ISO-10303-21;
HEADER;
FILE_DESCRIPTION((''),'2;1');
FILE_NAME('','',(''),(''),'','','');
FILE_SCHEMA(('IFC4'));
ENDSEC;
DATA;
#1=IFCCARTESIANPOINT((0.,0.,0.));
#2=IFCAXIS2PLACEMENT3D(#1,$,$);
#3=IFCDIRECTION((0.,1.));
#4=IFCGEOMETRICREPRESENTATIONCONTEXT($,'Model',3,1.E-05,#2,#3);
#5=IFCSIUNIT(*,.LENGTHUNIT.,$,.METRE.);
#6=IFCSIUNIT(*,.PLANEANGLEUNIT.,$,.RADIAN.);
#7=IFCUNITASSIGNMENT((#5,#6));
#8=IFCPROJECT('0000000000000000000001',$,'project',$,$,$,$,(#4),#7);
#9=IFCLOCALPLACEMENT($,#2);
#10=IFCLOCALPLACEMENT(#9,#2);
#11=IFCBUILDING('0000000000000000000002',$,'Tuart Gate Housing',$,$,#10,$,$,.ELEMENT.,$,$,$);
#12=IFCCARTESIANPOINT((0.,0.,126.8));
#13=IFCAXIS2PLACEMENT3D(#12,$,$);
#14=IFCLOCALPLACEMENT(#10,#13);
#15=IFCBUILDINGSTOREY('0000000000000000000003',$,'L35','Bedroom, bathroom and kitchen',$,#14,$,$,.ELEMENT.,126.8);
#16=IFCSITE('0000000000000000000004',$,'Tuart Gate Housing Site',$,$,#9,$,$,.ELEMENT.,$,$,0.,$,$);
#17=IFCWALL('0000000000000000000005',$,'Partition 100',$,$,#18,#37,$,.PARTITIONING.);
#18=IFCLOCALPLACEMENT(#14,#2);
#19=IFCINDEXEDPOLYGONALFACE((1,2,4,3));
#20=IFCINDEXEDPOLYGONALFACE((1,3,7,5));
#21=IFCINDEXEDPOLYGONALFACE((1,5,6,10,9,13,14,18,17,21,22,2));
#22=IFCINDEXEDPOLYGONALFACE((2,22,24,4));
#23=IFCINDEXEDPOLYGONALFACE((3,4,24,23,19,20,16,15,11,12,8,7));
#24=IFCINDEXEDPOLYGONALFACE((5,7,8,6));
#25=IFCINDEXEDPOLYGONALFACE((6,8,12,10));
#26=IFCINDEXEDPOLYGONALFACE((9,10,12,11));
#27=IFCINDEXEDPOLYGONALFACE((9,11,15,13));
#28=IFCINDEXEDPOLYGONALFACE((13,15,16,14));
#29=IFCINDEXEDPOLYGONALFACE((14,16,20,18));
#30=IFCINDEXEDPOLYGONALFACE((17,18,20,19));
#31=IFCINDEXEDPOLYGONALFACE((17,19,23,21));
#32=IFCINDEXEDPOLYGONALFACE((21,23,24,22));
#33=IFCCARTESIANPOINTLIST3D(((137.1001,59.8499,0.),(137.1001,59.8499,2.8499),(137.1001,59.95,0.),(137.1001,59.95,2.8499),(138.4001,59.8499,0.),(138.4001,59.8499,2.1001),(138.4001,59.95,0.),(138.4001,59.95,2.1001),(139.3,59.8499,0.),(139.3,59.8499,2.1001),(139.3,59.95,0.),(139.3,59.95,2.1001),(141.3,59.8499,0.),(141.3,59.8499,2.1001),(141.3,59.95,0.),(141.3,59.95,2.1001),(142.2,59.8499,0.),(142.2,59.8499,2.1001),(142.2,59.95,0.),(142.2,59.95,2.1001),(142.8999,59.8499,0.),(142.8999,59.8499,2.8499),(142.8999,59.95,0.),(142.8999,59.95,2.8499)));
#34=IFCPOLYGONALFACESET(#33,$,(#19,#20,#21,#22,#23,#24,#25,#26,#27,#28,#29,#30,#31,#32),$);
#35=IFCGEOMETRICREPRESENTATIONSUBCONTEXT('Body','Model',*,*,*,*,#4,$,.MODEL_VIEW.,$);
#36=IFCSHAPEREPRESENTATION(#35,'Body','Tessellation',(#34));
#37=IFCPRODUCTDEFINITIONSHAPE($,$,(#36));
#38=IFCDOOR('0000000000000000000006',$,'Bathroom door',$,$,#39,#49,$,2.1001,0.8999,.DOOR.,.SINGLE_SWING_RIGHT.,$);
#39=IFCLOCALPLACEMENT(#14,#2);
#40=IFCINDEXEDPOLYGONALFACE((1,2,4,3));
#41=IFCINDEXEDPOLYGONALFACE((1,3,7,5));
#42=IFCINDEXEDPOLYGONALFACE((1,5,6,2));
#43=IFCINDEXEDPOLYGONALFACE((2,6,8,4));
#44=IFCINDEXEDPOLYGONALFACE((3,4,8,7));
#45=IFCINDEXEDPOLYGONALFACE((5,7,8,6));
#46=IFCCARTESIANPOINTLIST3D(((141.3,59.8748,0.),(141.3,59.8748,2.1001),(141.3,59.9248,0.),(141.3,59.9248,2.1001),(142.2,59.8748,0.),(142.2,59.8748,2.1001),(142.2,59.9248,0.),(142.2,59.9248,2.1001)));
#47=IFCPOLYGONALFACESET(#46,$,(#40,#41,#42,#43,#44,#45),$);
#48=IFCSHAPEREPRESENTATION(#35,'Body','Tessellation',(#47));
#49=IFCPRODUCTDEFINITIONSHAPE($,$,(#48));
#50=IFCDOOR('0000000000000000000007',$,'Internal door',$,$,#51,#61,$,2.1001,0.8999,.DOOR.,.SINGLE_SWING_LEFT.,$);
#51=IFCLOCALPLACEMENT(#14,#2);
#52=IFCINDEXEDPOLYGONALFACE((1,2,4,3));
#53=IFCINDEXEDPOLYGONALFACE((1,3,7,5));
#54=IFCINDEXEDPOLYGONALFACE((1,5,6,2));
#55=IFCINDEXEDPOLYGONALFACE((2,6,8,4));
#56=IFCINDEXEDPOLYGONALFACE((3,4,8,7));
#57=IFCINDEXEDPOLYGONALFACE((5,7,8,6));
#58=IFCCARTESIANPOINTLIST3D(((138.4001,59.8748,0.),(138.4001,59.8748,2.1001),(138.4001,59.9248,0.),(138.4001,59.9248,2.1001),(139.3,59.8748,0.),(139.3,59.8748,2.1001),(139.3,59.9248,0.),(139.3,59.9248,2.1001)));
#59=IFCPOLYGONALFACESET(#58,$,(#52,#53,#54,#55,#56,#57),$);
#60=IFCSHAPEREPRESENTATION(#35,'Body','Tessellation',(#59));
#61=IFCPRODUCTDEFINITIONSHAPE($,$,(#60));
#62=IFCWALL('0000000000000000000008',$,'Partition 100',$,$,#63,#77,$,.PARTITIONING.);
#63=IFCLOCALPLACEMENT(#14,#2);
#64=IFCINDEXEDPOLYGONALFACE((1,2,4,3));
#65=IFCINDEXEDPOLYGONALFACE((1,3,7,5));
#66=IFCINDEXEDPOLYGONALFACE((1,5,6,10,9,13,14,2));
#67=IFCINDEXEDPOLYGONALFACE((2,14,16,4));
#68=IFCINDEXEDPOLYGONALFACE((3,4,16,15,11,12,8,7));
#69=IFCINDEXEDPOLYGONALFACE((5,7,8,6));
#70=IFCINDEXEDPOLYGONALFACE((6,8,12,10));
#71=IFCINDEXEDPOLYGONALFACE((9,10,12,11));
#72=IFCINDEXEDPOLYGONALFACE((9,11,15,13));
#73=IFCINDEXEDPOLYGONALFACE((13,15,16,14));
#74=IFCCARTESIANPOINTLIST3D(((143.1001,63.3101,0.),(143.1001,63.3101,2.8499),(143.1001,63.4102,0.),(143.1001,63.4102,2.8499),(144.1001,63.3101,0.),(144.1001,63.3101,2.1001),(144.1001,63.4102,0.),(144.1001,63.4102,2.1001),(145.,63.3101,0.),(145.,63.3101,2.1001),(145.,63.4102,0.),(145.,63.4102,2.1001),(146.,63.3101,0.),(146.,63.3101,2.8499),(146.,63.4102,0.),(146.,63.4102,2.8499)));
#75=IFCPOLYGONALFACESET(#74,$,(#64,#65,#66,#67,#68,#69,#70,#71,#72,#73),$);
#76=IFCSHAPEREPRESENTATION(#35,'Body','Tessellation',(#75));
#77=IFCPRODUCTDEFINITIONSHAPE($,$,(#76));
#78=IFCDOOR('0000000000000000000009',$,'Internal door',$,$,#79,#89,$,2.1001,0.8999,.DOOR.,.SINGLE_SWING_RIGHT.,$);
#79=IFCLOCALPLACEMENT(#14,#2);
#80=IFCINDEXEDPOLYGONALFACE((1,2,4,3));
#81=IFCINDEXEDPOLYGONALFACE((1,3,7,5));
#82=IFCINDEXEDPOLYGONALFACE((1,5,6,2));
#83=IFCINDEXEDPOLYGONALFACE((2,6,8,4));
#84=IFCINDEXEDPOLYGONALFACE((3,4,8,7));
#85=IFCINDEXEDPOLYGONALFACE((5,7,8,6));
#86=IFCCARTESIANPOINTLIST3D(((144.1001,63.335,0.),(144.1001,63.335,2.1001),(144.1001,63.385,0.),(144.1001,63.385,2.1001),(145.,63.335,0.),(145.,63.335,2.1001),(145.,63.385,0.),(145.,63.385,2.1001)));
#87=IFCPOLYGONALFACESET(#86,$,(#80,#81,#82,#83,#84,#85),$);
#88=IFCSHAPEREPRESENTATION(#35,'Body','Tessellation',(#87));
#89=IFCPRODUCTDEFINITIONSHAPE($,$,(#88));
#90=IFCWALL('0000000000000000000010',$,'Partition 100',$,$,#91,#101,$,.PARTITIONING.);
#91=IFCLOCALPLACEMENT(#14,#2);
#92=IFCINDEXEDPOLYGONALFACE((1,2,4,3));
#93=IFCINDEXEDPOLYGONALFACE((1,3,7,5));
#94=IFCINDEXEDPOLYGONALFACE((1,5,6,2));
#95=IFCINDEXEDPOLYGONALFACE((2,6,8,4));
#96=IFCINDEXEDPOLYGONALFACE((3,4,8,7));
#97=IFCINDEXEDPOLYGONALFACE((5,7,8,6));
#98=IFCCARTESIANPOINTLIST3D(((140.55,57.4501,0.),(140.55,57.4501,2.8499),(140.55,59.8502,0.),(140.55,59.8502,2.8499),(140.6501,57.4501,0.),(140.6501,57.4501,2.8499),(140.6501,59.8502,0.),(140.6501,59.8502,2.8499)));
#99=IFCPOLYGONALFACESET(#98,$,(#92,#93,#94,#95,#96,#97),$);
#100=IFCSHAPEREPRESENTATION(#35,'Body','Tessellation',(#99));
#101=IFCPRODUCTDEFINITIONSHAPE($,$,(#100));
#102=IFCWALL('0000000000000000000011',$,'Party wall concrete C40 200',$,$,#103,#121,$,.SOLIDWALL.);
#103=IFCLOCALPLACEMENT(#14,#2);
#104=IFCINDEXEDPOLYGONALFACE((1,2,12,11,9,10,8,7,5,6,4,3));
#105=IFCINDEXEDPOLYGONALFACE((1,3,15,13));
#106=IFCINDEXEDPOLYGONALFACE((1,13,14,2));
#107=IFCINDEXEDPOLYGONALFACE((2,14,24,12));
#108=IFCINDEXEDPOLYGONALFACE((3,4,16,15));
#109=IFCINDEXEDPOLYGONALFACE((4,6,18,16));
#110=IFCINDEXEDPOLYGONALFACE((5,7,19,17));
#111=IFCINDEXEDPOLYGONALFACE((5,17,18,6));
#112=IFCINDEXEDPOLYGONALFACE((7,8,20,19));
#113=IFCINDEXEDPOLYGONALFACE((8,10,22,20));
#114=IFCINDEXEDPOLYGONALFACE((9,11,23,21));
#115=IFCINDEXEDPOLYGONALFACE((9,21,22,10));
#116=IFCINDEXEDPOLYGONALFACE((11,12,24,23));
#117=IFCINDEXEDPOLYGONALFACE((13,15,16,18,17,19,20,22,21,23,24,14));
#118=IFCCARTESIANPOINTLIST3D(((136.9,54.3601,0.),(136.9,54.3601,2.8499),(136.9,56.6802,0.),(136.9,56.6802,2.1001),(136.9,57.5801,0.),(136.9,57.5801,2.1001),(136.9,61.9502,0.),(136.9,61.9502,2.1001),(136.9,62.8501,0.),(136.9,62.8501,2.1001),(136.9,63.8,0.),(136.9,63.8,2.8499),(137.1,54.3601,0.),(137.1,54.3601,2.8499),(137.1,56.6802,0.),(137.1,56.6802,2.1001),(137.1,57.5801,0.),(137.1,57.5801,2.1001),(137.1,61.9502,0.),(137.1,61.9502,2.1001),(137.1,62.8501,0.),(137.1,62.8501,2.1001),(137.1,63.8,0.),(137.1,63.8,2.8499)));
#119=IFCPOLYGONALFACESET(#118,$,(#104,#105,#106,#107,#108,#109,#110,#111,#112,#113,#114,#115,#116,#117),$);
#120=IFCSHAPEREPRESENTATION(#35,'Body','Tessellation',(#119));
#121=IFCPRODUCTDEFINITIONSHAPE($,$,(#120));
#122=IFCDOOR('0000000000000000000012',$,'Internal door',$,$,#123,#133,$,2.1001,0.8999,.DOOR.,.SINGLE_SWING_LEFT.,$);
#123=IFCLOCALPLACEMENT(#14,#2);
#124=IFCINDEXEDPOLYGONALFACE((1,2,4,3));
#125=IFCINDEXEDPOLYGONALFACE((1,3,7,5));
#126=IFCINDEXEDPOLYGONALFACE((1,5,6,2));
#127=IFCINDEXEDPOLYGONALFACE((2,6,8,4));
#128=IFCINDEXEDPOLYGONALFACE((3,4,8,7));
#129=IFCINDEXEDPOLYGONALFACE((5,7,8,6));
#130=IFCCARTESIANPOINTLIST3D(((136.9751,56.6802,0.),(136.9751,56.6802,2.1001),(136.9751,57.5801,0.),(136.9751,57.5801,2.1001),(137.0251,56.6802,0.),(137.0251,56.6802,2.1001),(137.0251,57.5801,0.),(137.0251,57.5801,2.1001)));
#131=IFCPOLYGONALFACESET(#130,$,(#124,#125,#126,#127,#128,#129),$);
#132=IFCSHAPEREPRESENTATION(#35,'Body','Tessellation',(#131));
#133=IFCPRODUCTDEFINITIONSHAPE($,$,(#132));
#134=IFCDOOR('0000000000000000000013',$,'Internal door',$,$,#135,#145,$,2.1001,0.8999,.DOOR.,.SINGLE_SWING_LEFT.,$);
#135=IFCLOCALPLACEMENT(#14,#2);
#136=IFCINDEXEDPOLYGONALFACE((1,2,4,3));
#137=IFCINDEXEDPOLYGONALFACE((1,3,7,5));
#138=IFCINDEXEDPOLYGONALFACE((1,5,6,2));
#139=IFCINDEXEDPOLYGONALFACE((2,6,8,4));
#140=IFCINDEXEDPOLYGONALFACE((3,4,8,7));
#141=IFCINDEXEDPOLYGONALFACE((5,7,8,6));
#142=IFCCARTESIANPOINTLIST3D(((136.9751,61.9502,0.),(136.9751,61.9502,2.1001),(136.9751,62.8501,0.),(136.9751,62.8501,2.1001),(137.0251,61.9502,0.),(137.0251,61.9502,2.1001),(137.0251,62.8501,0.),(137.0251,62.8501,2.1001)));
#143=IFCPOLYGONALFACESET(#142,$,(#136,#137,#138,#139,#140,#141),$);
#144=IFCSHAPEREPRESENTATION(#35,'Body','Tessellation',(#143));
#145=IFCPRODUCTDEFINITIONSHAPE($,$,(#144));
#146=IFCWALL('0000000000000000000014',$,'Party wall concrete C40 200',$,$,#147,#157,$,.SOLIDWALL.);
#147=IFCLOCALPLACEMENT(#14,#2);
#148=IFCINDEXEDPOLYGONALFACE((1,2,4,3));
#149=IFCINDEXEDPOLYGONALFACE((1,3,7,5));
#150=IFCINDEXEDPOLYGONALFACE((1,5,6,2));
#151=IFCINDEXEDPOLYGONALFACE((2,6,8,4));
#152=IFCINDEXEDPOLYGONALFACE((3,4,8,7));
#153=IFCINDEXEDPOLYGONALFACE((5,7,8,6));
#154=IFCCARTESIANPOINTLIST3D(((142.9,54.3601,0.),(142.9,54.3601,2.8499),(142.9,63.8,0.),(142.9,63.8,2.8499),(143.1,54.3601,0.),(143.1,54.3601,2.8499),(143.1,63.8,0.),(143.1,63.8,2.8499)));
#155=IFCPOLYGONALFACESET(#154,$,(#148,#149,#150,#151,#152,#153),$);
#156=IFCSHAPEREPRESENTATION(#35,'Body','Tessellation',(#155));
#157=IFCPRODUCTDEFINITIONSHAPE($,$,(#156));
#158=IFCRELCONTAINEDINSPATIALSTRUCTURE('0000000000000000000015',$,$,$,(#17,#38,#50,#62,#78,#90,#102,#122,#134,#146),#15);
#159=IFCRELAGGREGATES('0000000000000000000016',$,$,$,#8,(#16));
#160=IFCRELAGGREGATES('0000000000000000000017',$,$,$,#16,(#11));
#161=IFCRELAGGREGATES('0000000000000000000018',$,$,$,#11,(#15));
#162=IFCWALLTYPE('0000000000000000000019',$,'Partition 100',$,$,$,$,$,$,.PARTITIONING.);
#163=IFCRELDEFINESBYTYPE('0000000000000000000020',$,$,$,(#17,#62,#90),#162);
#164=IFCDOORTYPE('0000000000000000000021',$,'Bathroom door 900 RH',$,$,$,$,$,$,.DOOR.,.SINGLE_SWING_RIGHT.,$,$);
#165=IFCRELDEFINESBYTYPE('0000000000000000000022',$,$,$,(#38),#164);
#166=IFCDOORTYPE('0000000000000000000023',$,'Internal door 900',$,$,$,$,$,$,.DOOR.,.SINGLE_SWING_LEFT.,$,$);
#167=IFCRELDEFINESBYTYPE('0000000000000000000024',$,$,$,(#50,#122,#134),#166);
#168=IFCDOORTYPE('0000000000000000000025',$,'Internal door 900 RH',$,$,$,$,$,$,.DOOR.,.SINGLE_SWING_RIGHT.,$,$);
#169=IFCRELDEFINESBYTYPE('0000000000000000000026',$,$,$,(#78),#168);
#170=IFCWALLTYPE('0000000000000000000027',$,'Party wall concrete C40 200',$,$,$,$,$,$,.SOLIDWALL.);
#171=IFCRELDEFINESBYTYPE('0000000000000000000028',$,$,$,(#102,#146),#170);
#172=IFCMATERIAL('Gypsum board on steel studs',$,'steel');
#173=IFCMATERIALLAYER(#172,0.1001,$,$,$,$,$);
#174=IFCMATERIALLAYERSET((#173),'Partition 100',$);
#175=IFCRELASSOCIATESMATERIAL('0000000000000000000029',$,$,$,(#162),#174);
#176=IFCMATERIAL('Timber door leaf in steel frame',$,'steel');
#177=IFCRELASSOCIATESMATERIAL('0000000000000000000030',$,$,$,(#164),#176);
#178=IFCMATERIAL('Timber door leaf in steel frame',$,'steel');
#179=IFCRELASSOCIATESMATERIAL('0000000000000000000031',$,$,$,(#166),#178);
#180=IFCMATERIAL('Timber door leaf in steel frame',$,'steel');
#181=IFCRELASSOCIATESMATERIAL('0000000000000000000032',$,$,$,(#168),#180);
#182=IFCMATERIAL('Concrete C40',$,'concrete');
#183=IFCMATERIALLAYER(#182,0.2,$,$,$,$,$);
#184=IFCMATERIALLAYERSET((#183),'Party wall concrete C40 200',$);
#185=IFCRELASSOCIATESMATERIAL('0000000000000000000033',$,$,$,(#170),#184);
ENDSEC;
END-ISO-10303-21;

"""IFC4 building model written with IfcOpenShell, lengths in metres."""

from ifc_helpers import new_model, si_unit, direction, frame, frame_2d, origin, place, context, subcontext, project, spatial, rectangle, extrude, material, layer, layer_set, type_object, element, fill, save


model = new_model("IFC4")

# Units and contexts
model_context = context("Model", 3, precision=1e-05, world=origin(), true_north=direction((0.0, 1.0)))
body_context = subcontext(model_context, "Body", "Model", "MODEL_VIEW")
ifc_project = project(units=[si_unit("LENGTHUNIT", "METRE"), si_unit("PLANEANGLEUNIT", "RADIAN")], contexts=[model_context])

# Site, building, storey
site_placement = place(None, origin())
site = spatial("IfcSite", under=ifc_project, at=site_placement, Name="Tuart Gate Housing Site", CompositionType="ELEMENT", RefElevation=0.0)
building_placement = place(site_placement, origin())
building = spatial("IfcBuilding", under=site, at=building_placement, Name="Tuart Gate Housing", CompositionType="ELEMENT")
storey_placement = place(building_placement, frame((0.0, 0.0, 126.8)))
storey = spatial("IfcBuildingStorey", under=building, at=storey_placement, Name="L35", Description="Bedroom, bathroom and kitchen", CompositionType="ELEMENT", Elevation=126.8)

# Shared definitions
ifc_material_1 = material(Name="Gypsum board on steel studs", Category="steel")
ifc_layer_1 = layer(ifc_material_1, 0.1001)
ifc_layer_set_1 = layer_set([ifc_layer_1], Name="Partition 100")
wall_type_1 = type_object("IfcWallType", Name="Partition 100", PredefinedType="PARTITIONING", material=ifc_layer_set_1)

# Wall, openings, doors
wall_1_placement = place(storey_placement, frame((137.1001, 59.8999, 0.0), z_axis=(0.0, 0.0, 1.0), x_axis=(1.0, 0.0, 0.0)))
wall_1 = element("IfcWall", 1, at=wall_1_placement, inside=storey, type_object=wall_type_1, Name="Partition 100", PredefinedType="PARTITIONING", context=body_context, shape_type="SweptSolid", body=[
    extrude(rectangle(XDim=5.7998, YDim=0.1001, at=frame_2d((2.8999, 0.0))), origin(), (0.0, 0.0, 1.0), 2.8499),
])
opening_1_placement = place(wall_1_placement, frame((1.3, 0.0, 0.0)))
opening_1 = element("IfcOpeningElement", 2, at=opening_1_placement, cuts=wall_1, PredefinedType="OPENING", context=body_context, shape_type="SweptSolid", body=[
    extrude(rectangle(XDim=0.8999, YDim=2.1001, at=frame_2d((0.45, 1.05))), frame((0.0, 0.0601, 0.0), z_axis=(0.0, -1.0, 0.0), x_axis=(1.0, 0.0, 0.0)), (0.0, 0.0, 1.0), 0.1201),
])
opening_2_placement = place(wall_1_placement, frame((4.2, 0.0, 0.0)))
opening_2 = element("IfcOpeningElement", 3, at=opening_2_placement, cuts=wall_1, PredefinedType="OPENING", context=body_context, shape_type="SweptSolid", body=[
    extrude(rectangle(XDim=0.8999, YDim=2.1001, at=frame_2d((0.45, 1.05))), frame((0.0, 0.0601, 0.0), z_axis=(0.0, -1.0, 0.0), x_axis=(1.0, 0.0, 0.0)), (0.0, 0.0, 1.0), 0.1201),
])
ifc_material_2 = material(Name="Timber door leaf in steel frame", Category="steel")
door_type_1 = type_object("IfcDoorType", Name="Bathroom door 900 RH", OperationType="SINGLE_SWING_RIGHT", PredefinedType="DOOR", material=ifc_material_2)
door_1_placement = place(opening_2_placement, frame((0.8999, 0.0, 0.0), z_axis=(0.0, 0.0, 1.0), x_axis=(-1.0, 0.0, 0.0)))
door_1 = element("IfcDoor", 4, at=door_1_placement, inside=storey, type_object=door_type_1, Name="Bathroom door", OperationType="SINGLE_SWING_RIGHT", OverallHeight=2.1001, OverallWidth=0.8999, PredefinedType="DOOR", context=body_context, shape_type="SweptSolid", body=[
    extrude(rectangle(XDim=0.8999, YDim=2.1001, at=frame_2d((0.45, 1.05))), frame((0.0, 0.0251, 0.0), z_axis=(0.0, -1.0, 0.0), x_axis=(1.0, 0.0, 0.0)), (0.0, 0.0, 1.0), 0.05),
])
fill(opening_2, door_1)
ifc_material_3 = material(Name="Timber door leaf in steel frame", Category="steel")
door_type_2 = type_object("IfcDoorType", Name="Internal door 900", OperationType="SINGLE_SWING_LEFT", PredefinedType="DOOR", material=ifc_material_3)
door_2_placement = place(opening_1_placement, origin())
door_2 = element("IfcDoor", 5, at=door_2_placement, inside=storey, type_object=door_type_2, Name="Internal door", OperationType="SINGLE_SWING_LEFT", OverallHeight=2.1001, OverallWidth=0.8999, PredefinedType="DOOR", context=body_context, shape_type="SweptSolid", body=[
    extrude(rectangle(XDim=0.8999, YDim=2.1001, at=frame_2d((0.45, 1.05))), frame((0.0, 0.0249, 0.0), z_axis=(0.0, -1.0, 0.0), x_axis=(1.0, 0.0, 0.0)), (0.0, 0.0, 1.0), 0.05),
])
fill(opening_1, door_2)

# Wall, opening, door
wall_2_placement = place(storey_placement, frame((143.1001, 63.3601, 0.0), z_axis=(0.0, 0.0, 1.0), x_axis=(1.0, 0.0, 0.0)))
wall_2 = element("IfcWall", 6, at=wall_2_placement, inside=storey, type_object=wall_type_1, Name="Partition 100", PredefinedType="PARTITIONING", context=body_context, shape_type="SweptSolid", body=[
    extrude(rectangle(XDim=2.8999, YDim=0.1001, at=frame_2d((1.45, 0.0))), origin(), (0.0, 0.0, 1.0), 2.8499),
])
opening_3_placement = place(wall_2_placement, frame((1.0, 0.0, 0.0)))
opening_3 = element("IfcOpeningElement", 7, at=opening_3_placement, cuts=wall_2, PredefinedType="OPENING", context=body_context, shape_type="SweptSolid", body=[
    extrude(rectangle(XDim=0.8999, YDim=2.1001, at=frame_2d((0.45, 1.05))), frame((0.0, 0.0601, 0.0), z_axis=(0.0, -1.0, 0.0), x_axis=(1.0, 0.0, 0.0)), (0.0, 0.0, 1.0), 0.1201),
])
ifc_material_4 = material(Name="Timber door leaf in steel frame", Category="steel")
door_type_3 = type_object("IfcDoorType", Name="Internal door 900 RH", OperationType="SINGLE_SWING_RIGHT", PredefinedType="DOOR", material=ifc_material_4)
door_3_placement = place(opening_3_placement, origin())
door_3 = element("IfcDoor", 8, at=door_3_placement, inside=storey, type_object=door_type_3, Name="Internal door", OperationType="SINGLE_SWING_RIGHT", OverallHeight=2.1001, OverallWidth=0.8999, PredefinedType="DOOR", context=body_context, shape_type="SweptSolid", body=[
    extrude(rectangle(XDim=0.8999, YDim=2.1001, at=frame_2d((0.45, 1.05))), frame((0.0, 0.0249, 0.0), z_axis=(0.0, -1.0, 0.0), x_axis=(1.0, 0.0, 0.0)), (0.0, 0.0, 1.0), 0.05),
])
fill(opening_3, door_3)

# Wall
wall_3_placement = place(storey_placement, frame((140.6001, 57.45, 0.0), z_axis=(0.0, 0.0, 1.0), x_axis=(0.0, 1.0, 0.0)))
element("IfcWall", 9, at=wall_3_placement, inside=storey, type_object=wall_type_1, Name="Partition 100", PredefinedType="PARTITIONING", context=body_context, shape_type="SweptSolid", body=[
    extrude(rectangle(XDim=2.4001, YDim=0.1001, at=frame_2d((1.2002, 0.0))), origin(), (0.0, 0.0, 1.0), 2.8499),
])

# Wall, openings, doors
ifc_material_5 = material(Name="Concrete C40", Category="concrete")
ifc_layer_2 = layer(ifc_material_5, 0.2)
ifc_layer_set_2 = layer_set([ifc_layer_2], Name="Party wall concrete C40 200")
wall_type_2 = type_object("IfcWallType", Name="Party wall concrete C40 200", PredefinedType="SOLIDWALL", material=ifc_layer_set_2)
wall_4_placement = place(storey_placement, frame((137.0, 54.3601, 0.0), z_axis=(0.0, 0.0, 1.0), x_axis=(0.0, 1.0, 0.0)))
wall_4 = element("IfcWall", 10, at=wall_4_placement, inside=storey, type_object=wall_type_2, Name="Party wall concrete C40 200", PredefinedType="SOLIDWALL", context=body_context, shape_type="SweptSolid", body=[
    extrude(rectangle(XDim=9.4399, YDim=0.2, at=frame_2d((4.72, 0.0))), origin(), (0.0, 0.0, 1.0), 2.8499),
])
opening_4_placement = place(wall_4_placement, frame((2.3201, 0.0, 0.0)))
opening_4 = element("IfcOpeningElement", 11, at=opening_4_placement, cuts=wall_4, PredefinedType="OPENING", context=body_context, shape_type="SweptSolid", body=[
    extrude(rectangle(XDim=0.8999, YDim=2.1001, at=frame_2d((0.45, 1.05))), frame((0.0, 0.1099, 0.0), z_axis=(0.0, -1.0, 0.0), x_axis=(1.0, 0.0, 0.0)), (0.0, 0.0, 1.0), 0.22),
])
opening_5_placement = place(wall_4_placement, frame((7.5901, 0.0, 0.0)))
opening_5 = element("IfcOpeningElement", 12, at=opening_5_placement, cuts=wall_4, PredefinedType="OPENING", context=body_context, shape_type="SweptSolid", body=[
    extrude(rectangle(XDim=0.8999, YDim=2.1001, at=frame_2d((0.45, 1.05))), frame((0.0, 0.1099, 0.0), z_axis=(0.0, -1.0, 0.0), x_axis=(1.0, 0.0, 0.0)), (0.0, 0.0, 1.0), 0.22),
])
door_4_placement = place(opening_4_placement, origin())
door_4 = element("IfcDoor", 13, at=door_4_placement, inside=storey, type_object=door_type_2, Name="Internal door", OperationType="SINGLE_SWING_LEFT", OverallHeight=2.1001, OverallWidth=0.8999, PredefinedType="DOOR", context=body_context, shape_type="SweptSolid", body=[
    extrude(rectangle(XDim=0.8999, YDim=2.1001, at=frame_2d((0.45, 1.05))), frame((0.0, 0.0249, 0.0), z_axis=(0.0, -1.0, 0.0), x_axis=(1.0, 0.0, 0.0)), (0.0, 0.0, 1.0), 0.05),
])
fill(opening_4, door_4)
door_5_placement = place(opening_5_placement, origin())
door_5 = element("IfcDoor", 14, at=door_5_placement, inside=storey, type_object=door_type_2, Name="Internal door", OperationType="SINGLE_SWING_LEFT", OverallHeight=2.1001, OverallWidth=0.8999, PredefinedType="DOOR", context=body_context, shape_type="SweptSolid", body=[
    extrude(rectangle(XDim=0.8999, YDim=2.1001, at=frame_2d((0.45, 1.05))), frame((0.0, 0.0249, 0.0), z_axis=(0.0, -1.0, 0.0), x_axis=(1.0, 0.0, 0.0)), (0.0, 0.0, 1.0), 0.05),
])
fill(opening_5, door_5)

# Wall
wall_5_placement = place(storey_placement, frame((143.0, 54.3601, 0.0), z_axis=(0.0, 0.0, 1.0), x_axis=(0.0, 1.0, 0.0)))
element("IfcWall", 15, at=wall_5_placement, inside=storey, type_object=wall_type_2, Name="Party wall concrete C40 200", PredefinedType="SOLIDWALL", context=body_context, shape_type="SweptSolid", body=[
    extrude(rectangle(XDim=9.4399, YDim=0.2, at=frame_2d((4.72, 0.0))), origin(), (0.0, 0.0, 1.0), 2.8499),
])

save(model, "model.ifc")
